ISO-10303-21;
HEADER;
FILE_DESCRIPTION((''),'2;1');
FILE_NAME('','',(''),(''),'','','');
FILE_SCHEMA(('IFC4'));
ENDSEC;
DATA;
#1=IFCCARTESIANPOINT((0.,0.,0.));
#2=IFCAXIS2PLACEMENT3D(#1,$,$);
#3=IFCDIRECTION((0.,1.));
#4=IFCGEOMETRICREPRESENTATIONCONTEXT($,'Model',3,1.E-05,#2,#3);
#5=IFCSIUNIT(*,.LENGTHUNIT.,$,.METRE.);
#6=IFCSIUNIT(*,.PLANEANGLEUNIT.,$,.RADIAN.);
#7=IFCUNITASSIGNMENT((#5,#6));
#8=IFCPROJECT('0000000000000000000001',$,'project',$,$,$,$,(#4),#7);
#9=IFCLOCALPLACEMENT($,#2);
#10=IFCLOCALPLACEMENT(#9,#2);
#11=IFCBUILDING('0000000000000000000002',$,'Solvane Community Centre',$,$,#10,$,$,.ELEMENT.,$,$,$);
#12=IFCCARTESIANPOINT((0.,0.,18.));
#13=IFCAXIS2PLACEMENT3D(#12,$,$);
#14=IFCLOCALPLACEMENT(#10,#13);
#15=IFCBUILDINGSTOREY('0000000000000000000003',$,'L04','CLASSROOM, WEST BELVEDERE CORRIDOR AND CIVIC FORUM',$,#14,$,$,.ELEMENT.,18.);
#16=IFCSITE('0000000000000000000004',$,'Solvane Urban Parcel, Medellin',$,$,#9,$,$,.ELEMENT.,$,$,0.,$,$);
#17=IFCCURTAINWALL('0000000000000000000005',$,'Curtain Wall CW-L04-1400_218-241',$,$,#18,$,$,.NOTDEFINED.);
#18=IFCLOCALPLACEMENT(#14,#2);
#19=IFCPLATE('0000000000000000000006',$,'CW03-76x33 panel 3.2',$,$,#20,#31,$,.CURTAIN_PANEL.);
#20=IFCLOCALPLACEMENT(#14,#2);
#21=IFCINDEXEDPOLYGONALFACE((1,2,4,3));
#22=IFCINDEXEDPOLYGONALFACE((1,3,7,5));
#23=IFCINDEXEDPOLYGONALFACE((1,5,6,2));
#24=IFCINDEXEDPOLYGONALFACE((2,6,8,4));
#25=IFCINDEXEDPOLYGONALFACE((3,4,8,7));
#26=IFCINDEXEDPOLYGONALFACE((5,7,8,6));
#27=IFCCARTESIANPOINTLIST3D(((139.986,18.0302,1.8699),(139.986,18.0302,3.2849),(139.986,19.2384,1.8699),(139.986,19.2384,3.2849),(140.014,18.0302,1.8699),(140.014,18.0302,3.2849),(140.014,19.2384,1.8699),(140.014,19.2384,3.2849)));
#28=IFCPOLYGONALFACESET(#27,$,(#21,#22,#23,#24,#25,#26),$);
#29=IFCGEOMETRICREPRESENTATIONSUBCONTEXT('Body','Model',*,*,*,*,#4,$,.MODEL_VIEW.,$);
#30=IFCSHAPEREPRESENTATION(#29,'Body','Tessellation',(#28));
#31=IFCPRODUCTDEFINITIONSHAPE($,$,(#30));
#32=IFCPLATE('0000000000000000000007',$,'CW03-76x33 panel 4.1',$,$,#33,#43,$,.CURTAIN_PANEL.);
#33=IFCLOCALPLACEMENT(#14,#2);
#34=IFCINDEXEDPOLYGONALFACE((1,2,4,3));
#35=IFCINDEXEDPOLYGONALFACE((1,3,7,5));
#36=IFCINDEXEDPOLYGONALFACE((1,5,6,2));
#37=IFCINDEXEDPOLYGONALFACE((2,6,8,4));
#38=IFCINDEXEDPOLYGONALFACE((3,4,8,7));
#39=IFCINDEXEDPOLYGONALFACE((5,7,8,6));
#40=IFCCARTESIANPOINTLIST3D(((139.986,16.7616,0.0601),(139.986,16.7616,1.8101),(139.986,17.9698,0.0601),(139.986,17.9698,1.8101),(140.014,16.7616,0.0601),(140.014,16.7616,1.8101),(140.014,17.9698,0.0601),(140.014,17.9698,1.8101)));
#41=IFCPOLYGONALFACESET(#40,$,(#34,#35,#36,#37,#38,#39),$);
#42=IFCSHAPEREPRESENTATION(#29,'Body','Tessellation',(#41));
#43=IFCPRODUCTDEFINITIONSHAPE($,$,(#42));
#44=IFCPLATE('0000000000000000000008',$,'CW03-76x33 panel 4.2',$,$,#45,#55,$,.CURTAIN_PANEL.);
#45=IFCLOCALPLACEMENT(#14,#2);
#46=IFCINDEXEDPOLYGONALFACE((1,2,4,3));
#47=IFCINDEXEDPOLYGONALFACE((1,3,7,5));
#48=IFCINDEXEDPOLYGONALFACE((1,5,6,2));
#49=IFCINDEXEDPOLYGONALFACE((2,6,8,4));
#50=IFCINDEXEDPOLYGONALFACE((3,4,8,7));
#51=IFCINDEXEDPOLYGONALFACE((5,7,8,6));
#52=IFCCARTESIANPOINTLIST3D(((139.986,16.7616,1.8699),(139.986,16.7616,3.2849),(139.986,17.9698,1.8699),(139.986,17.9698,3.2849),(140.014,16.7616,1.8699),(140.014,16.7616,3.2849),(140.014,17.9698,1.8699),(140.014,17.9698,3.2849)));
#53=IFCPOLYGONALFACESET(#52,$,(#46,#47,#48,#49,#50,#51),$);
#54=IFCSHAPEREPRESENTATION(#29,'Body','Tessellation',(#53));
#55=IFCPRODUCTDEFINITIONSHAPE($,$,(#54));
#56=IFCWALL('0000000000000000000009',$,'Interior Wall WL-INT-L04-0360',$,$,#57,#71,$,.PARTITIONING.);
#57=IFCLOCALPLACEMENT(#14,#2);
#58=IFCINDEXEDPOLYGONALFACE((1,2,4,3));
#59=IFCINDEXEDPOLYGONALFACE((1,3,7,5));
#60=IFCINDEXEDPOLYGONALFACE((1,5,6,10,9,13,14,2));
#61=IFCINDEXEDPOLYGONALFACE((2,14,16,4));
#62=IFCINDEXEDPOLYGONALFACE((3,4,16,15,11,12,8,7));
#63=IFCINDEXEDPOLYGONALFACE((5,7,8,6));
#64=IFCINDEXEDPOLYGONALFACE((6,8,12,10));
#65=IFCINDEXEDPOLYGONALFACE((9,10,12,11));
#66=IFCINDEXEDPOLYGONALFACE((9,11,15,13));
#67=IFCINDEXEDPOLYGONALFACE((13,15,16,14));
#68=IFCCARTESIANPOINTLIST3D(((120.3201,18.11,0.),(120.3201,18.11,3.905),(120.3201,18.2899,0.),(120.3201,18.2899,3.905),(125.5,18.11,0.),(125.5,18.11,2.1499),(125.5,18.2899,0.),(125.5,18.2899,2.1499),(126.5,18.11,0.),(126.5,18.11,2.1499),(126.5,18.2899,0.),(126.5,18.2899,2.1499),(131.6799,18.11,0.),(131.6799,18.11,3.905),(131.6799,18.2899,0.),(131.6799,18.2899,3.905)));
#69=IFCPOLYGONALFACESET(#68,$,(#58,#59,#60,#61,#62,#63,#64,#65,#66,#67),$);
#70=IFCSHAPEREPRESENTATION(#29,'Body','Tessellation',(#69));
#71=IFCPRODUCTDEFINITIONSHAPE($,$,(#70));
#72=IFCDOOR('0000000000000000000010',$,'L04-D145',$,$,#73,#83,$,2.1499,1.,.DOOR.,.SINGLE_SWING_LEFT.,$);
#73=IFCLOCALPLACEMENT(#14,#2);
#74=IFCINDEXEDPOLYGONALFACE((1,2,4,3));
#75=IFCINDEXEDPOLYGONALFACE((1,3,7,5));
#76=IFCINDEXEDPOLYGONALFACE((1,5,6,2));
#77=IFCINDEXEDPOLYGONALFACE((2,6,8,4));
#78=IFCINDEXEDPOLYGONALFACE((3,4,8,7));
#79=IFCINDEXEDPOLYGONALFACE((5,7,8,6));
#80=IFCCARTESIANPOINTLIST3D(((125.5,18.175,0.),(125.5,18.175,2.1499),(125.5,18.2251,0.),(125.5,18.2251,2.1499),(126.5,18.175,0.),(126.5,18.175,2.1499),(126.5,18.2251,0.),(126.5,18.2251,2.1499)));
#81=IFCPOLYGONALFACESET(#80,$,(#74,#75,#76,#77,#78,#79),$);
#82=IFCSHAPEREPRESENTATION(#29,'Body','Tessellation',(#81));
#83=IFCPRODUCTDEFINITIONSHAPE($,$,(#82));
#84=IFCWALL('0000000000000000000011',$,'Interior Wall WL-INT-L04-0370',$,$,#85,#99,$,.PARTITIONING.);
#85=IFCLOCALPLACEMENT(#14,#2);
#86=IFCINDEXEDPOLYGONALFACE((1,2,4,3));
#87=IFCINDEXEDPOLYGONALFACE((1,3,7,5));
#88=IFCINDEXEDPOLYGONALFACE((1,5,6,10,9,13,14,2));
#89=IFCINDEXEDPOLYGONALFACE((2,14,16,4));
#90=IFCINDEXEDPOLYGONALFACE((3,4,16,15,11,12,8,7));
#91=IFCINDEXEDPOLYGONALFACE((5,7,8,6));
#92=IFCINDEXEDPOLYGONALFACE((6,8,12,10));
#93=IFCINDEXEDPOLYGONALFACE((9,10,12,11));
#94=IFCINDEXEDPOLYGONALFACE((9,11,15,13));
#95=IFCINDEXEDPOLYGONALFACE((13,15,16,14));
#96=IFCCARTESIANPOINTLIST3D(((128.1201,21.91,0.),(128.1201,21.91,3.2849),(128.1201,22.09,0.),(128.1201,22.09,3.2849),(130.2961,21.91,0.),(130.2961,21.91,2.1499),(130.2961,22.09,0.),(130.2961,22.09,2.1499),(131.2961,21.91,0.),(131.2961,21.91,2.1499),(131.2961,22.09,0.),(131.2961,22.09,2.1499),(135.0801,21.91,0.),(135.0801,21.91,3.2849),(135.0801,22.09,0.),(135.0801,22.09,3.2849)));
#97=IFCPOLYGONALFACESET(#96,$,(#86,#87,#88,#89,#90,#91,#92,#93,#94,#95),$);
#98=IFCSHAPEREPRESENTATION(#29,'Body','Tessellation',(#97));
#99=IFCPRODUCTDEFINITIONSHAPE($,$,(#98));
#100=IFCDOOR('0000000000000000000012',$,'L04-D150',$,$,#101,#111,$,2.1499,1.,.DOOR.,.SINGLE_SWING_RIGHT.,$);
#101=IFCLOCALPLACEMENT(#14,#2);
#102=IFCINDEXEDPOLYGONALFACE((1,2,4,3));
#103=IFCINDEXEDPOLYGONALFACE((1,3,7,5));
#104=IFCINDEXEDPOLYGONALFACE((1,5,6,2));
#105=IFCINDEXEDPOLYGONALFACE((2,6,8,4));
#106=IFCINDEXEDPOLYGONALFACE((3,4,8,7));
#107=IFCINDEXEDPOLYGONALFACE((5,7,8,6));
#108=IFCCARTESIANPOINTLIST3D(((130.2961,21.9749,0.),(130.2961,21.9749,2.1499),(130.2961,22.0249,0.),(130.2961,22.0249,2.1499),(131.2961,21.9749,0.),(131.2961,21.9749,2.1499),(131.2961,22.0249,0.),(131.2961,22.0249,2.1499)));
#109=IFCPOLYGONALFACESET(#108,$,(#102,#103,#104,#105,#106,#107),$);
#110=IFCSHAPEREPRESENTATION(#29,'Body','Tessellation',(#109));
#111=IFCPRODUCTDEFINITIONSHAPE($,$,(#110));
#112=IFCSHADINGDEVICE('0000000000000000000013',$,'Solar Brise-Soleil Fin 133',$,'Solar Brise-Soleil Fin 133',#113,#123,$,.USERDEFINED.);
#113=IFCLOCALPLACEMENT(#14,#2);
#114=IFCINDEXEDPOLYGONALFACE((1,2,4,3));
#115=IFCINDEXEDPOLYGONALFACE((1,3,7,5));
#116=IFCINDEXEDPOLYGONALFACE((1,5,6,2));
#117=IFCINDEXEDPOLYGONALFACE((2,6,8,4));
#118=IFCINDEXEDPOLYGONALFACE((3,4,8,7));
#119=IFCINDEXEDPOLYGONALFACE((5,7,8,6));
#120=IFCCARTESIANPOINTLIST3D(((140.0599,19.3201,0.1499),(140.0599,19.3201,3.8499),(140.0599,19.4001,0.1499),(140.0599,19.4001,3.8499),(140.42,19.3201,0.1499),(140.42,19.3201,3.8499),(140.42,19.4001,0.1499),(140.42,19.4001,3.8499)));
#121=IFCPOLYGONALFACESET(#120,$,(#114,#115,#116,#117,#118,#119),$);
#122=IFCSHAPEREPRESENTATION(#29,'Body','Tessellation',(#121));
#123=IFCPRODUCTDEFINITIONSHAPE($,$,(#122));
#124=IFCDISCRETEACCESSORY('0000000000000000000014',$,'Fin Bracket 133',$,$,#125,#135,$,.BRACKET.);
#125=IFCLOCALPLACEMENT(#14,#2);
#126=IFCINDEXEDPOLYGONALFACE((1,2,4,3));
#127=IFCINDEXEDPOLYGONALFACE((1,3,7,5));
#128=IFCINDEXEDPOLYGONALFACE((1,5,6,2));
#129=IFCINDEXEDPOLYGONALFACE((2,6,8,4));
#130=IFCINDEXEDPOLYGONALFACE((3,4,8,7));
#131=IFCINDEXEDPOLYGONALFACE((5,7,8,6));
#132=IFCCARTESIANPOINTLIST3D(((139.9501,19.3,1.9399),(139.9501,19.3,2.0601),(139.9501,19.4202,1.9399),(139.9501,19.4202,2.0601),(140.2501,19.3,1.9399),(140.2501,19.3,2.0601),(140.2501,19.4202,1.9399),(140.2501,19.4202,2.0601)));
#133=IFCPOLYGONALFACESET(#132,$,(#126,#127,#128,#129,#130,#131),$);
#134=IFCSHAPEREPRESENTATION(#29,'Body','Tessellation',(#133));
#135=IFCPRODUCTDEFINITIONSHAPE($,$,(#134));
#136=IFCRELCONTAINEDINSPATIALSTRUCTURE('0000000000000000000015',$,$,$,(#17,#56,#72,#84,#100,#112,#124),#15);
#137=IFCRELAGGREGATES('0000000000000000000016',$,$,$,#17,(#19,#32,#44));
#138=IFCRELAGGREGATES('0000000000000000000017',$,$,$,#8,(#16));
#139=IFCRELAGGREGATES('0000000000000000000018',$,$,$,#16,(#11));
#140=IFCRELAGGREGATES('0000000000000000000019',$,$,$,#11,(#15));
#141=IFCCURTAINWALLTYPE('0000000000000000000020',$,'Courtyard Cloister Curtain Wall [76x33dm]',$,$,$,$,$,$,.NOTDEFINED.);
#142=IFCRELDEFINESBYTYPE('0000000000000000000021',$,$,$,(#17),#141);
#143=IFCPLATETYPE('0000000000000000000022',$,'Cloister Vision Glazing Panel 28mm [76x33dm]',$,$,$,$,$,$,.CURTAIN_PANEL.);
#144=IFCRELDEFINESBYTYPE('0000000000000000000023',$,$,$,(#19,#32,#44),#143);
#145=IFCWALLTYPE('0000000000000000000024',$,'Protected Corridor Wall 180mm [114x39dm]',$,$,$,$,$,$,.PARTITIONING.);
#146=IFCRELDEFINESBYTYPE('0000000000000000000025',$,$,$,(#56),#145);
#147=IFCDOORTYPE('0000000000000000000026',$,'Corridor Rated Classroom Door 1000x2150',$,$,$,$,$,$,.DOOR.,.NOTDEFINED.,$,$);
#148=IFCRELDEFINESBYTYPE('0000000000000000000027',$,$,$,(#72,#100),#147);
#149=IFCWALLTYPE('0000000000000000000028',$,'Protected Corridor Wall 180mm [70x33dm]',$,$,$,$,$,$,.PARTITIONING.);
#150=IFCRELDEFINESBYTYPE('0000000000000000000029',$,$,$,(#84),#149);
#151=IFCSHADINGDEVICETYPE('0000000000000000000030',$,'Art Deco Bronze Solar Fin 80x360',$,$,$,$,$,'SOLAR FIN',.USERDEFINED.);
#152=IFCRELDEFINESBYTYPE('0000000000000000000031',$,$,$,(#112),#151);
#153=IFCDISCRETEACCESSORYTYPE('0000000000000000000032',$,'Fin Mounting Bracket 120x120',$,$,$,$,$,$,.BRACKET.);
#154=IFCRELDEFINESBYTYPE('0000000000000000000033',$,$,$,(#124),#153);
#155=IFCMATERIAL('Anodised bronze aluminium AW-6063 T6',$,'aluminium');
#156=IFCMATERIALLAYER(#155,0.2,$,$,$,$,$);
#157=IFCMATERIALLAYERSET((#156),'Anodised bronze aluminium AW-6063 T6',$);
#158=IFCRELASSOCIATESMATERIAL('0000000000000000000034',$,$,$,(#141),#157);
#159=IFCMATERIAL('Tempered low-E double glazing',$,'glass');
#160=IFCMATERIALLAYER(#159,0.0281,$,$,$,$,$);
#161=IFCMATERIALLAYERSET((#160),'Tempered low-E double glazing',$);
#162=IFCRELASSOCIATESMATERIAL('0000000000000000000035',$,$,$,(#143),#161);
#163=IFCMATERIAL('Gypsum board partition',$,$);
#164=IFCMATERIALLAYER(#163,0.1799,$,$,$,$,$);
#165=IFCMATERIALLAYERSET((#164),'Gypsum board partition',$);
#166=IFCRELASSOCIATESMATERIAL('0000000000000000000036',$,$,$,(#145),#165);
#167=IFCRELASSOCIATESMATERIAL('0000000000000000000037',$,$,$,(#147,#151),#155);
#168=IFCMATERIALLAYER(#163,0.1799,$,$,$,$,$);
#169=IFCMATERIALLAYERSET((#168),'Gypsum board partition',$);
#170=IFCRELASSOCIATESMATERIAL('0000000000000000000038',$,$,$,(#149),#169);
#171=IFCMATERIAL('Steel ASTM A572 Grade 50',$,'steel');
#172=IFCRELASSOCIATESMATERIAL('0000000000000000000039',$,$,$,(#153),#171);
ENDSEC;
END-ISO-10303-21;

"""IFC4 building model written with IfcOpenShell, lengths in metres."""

from ifc_helpers import new_model, si_unit, direction, frame, frame_2d, origin, origin_2d, place, context, subcontext, project, spatial, rectangle, extrude, material, layer, layer_set, type_object, element, fill, aggregate, save


model = new_model("IFC4")

# Units and contexts
model_context = context("Model", 3, precision=1e-05, world=origin(), true_north=direction((0.0, 1.0)))
body_context = subcontext(model_context, "Body", "Model", "MODEL_VIEW")
ifc_project = project(units=[si_unit("LENGTHUNIT", "METRE"), si_unit("PLANEANGLEUNIT", "RADIAN")], contexts=[model_context])

# Site, building, storey
site_placement = place(None, origin())
site = spatial("IfcSite", under=ifc_project, at=site_placement, Name="Solvane Urban Parcel, Medellin", CompositionType="ELEMENT", RefElevation=0.0)
building_placement = place(site_placement, origin())
building = spatial("IfcBuilding", under=site, at=building_placement, Name="Solvane Community Centre", CompositionType="ELEMENT")
storey_placement = place(building_placement, frame((0.0, 0.0, 18.0)))
storey = spatial("IfcBuildingStorey", under=building, at=storey_placement, Name="L04", Description="CLASSROOM, WEST BELVEDERE CORRIDOR AND CIVIC FORUM", CompositionType="ELEMENT", Elevation=18.0)

# Curtain wall
ifc_material_1 = material(Name="Anodised bronze aluminium AW-6063 T6", Category="aluminium")
ifc_layer_1 = layer(ifc_material_1, 0.2)
ifc_layer_set_1 = layer_set([ifc_layer_1], Name="Anodised bronze aluminium AW-6063 T6")
curtain_wall_type = type_object("IfcCurtainWallType", Name="Courtyard Cloister Curtain Wall [76x33dm]", PredefinedType="NOTDEFINED", material=ifc_layer_set_1)
curtain_wall_placement = place(storey_placement, origin())
curtain_wall = element("IfcCurtainWall", 1, at=curtain_wall_placement, inside=storey, type_object=curtain_wall_type, Name="Curtain Wall CW-L04-1400_218-241", PredefinedType="NOTDEFINED")

# Plates
ifc_material_2 = material(Name="Tempered low-E double glazing", Category="glass")
ifc_layer_2 = layer(ifc_material_2, 0.0281)
ifc_layer_set_2 = layer_set([ifc_layer_2], Name="Tempered low-E double glazing")
plate_type = type_object("IfcPlateType", Name="Cloister Vision Glazing Panel 28mm [76x33dm]", PredefinedType="CURTAIN_PANEL", material=ifc_layer_set_2)
plate_1_placement = place(storey_placement, frame((140.0, 18.6343, 1.8699), z_axis=(0.0, 0.0, 1.0), x_axis=(0.0, -1.0, 0.0)))
plate_1 = element("IfcPlate", 2, at=plate_1_placement, type_object=plate_type, Name="CW03-76x33 panel 3.2", PredefinedType="CURTAIN_PANEL", context=body_context, shape_type="SweptSolid", body=[
    extrude(rectangle(XDim=1.2083, YDim=0.0281, at=origin_2d()), origin(), (0.0, 0.0, 1.0), 1.415),
])
plate_2_placement = place(storey_placement, frame((140.0, 17.3657, 0.0601), z_axis=(0.0, 0.0, 1.0), x_axis=(0.0, -1.0, 0.0)))
plate_2 = element("IfcPlate", 3, at=plate_2_placement, type_object=plate_type, Name="CW03-76x33 panel 4.1", PredefinedType="CURTAIN_PANEL", context=body_context, shape_type="SweptSolid", body=[
    extrude(rectangle(XDim=1.2083, YDim=0.0281, at=origin_2d()), origin(), (0.0, 0.0, 1.0), 1.75),
])
plate_3_placement = place(storey_placement, frame((140.0, 17.3657, 1.8699), z_axis=(0.0, 0.0, 1.0), x_axis=(0.0, -1.0, 0.0)))
plate_3 = element("IfcPlate", 4, at=plate_3_placement, type_object=plate_type, Name="CW03-76x33 panel 4.2", PredefinedType="CURTAIN_PANEL", context=body_context, shape_type="SweptSolid", body=[
    extrude(rectangle(XDim=1.2083, YDim=0.0281, at=origin_2d()), origin(), (0.0, 0.0, 1.0), 1.415),
])
aggregate(curtain_wall, [plate_1, plate_2, plate_3])

# Walls, openings, doors
ifc_material_3 = material(Name="Gypsum board partition")
ifc_layer_3 = layer(ifc_material_3, 0.1799)
ifc_layer_set_3 = layer_set([ifc_layer_3], Name="Gypsum board partition")
wall_type_1 = type_object("IfcWallType", Name="Protected Corridor Wall 180mm [114x39dm]", PredefinedType="PARTITIONING", material=ifc_layer_set_3)
wall_1_placement = place(storey_placement, frame((131.6799, 18.2, 0.0), z_axis=(0.0, 0.0, 1.0), x_axis=(-1.0, 0.0, 0.0)))
wall_1 = element("IfcWall", 5, at=wall_1_placement, inside=storey, type_object=wall_type_1, Name="Interior Wall WL-INT-L04-0360", PredefinedType="PARTITIONING", context=body_context, shape_type="SweptSolid", body=[
    extrude(rectangle(XDim=11.3599, YDim=0.1799, at=frame_2d((5.6799, 0.0))), origin(), (0.0, 0.0, 1.0), 3.905),
])
opening_1_placement = place(wall_1_placement, frame((5.1799, 0.0, 0.0)))
opening_1 = element("IfcOpeningElement", 6, at=opening_1_placement, cuts=wall_1, PredefinedType="OPENING", context=body_context, shape_type="SweptSolid", body=[
    extrude(rectangle(XDim=1.0, YDim=2.1499, at=frame_2d((0.5, 1.075))), frame((0.0, 0.0999, 0.0), z_axis=(0.0, -1.0, 0.0), x_axis=(1.0, 0.0, 0.0)), (0.0, 0.0, 1.0), 0.2),
])
door_type = type_object("IfcDoorType", Name="Corridor Rated Classroom Door 1000x2150", OperationType="NOTDEFINED", PredefinedType="DOOR", material=ifc_material_1)
door_1_placement = place(opening_1_placement, origin())
door_1 = element("IfcDoor", 7, at=door_1_placement, inside=storey, type_object=door_type, Name="L04-D145", OperationType="SINGLE_SWING_LEFT", OverallHeight=2.1499, OverallWidth=1.0, PredefinedType="DOOR", context=body_context, shape_type="SweptSolid", body=[
    extrude(rectangle(XDim=1.0, YDim=2.1499, at=frame_2d((0.5, 1.075))), frame((0.0, 0.0249, 0.0), z_axis=(0.0, -1.0, 0.0), x_axis=(1.0, 0.0, 0.0)), (0.0, 0.0, 1.0), 0.05),
])
fill(opening_1, door_1)
ifc_layer_4 = layer(ifc_material_3, 0.1799)
ifc_layer_set_4 = layer_set([ifc_layer_4], Name="Gypsum board partition")
wall_type_2 = type_object("IfcWallType", Name="Protected Corridor Wall 180mm [70x33dm]", PredefinedType="PARTITIONING", material=ifc_layer_set_4)
wall_2_placement = place(storey_placement, frame((128.1201, 22.0, 0.0), z_axis=(0.0, 0.0, 1.0), x_axis=(1.0, 0.0, 0.0)))
wall_2 = element("IfcWall", 8, at=wall_2_placement, inside=storey, type_object=wall_type_2, Name="Interior Wall WL-INT-L04-0370", PredefinedType="PARTITIONING", context=body_context, shape_type="SweptSolid", body=[
    extrude(rectangle(XDim=6.96, YDim=0.1799, at=frame_2d((3.48, 0.0))), origin(), (0.0, 0.0, 1.0), 3.2849),
])
opening_2_placement = place(wall_2_placement, frame((2.176, 0.0, 0.0)))
opening_2 = element("IfcOpeningElement", 9, at=opening_2_placement, cuts=wall_2, PredefinedType="OPENING", context=body_context, shape_type="SweptSolid", body=[
    extrude(rectangle(XDim=1.0, YDim=2.1499, at=frame_2d((0.5, 1.075))), frame((0.0, 0.0999, 0.0), z_axis=(0.0, -1.0, 0.0), x_axis=(1.0, 0.0, 0.0)), (0.0, 0.0, 1.0), 0.2),
])
door_2_placement = place(opening_2_placement, origin())
door_2 = element("IfcDoor", 10, at=door_2_placement, inside=storey, type_object=door_type, Name="L04-D150", OperationType="SINGLE_SWING_RIGHT", OverallHeight=2.1499, OverallWidth=1.0, PredefinedType="DOOR", context=body_context, shape_type="SweptSolid", body=[
    extrude(rectangle(XDim=1.0, YDim=2.1499, at=frame_2d((0.5, 1.075))), frame((0.0, 0.0249, 0.0), z_axis=(0.0, -1.0, 0.0), x_axis=(1.0, 0.0, 0.0)), (0.0, 0.0, 1.0), 0.05),
])
fill(opening_2, door_2)

# Shading device
shading_device_type = type_object("IfcShadingDeviceType", Name="Art Deco Bronze Solar Fin 80x360", ElementType="SOLAR FIN", PredefinedType="USERDEFINED", material=ifc_material_1)
shading_device_placement = place(storey_placement, frame((140.24, 19.3601, 0.1499), z_axis=(0.0, 0.0, 1.0), x_axis=(0.0, -1.0, 0.0)))
element("IfcShadingDevice", 11, at=shading_device_placement, inside=storey, type_object=shading_device_type, Name="Solar Brise-Soleil Fin 133", ObjectType="Solar Brise-Soleil Fin 133", PredefinedType="USERDEFINED", context=body_context, shape_type="SweptSolid", body=[
    extrude(rectangle(XDim=0.0801, YDim=0.3601, at=origin_2d()), origin(), (0.0, 0.0, 1.0), 3.7),
])

# Discrete accessory
ifc_material_4 = material(Name="Steel ASTM A572 Grade 50", Category="steel")
discrete_accessory_type = type_object("IfcDiscreteAccessoryType", Name="Fin Mounting Bracket 120x120", PredefinedType="BRACKET", material=ifc_material_4)
discrete_accessory_placement = place(storey_placement, frame((140.1001, 19.3601, 1.9399), z_axis=(0.0, 0.0, 1.0), x_axis=(0.0, -1.0, 0.0)))
element("IfcDiscreteAccessory", 12, at=discrete_accessory_placement, inside=storey, type_object=discrete_accessory_type, Name="Fin Bracket 133", PredefinedType="BRACKET", context=body_context, shape_type="SweptSolid", body=[
    extrude(rectangle(XDim=0.1201, YDim=0.3, at=origin_2d()), origin(), (0.0, 0.0, 1.0), 0.1201),
])

save(model, "model.ifc")
